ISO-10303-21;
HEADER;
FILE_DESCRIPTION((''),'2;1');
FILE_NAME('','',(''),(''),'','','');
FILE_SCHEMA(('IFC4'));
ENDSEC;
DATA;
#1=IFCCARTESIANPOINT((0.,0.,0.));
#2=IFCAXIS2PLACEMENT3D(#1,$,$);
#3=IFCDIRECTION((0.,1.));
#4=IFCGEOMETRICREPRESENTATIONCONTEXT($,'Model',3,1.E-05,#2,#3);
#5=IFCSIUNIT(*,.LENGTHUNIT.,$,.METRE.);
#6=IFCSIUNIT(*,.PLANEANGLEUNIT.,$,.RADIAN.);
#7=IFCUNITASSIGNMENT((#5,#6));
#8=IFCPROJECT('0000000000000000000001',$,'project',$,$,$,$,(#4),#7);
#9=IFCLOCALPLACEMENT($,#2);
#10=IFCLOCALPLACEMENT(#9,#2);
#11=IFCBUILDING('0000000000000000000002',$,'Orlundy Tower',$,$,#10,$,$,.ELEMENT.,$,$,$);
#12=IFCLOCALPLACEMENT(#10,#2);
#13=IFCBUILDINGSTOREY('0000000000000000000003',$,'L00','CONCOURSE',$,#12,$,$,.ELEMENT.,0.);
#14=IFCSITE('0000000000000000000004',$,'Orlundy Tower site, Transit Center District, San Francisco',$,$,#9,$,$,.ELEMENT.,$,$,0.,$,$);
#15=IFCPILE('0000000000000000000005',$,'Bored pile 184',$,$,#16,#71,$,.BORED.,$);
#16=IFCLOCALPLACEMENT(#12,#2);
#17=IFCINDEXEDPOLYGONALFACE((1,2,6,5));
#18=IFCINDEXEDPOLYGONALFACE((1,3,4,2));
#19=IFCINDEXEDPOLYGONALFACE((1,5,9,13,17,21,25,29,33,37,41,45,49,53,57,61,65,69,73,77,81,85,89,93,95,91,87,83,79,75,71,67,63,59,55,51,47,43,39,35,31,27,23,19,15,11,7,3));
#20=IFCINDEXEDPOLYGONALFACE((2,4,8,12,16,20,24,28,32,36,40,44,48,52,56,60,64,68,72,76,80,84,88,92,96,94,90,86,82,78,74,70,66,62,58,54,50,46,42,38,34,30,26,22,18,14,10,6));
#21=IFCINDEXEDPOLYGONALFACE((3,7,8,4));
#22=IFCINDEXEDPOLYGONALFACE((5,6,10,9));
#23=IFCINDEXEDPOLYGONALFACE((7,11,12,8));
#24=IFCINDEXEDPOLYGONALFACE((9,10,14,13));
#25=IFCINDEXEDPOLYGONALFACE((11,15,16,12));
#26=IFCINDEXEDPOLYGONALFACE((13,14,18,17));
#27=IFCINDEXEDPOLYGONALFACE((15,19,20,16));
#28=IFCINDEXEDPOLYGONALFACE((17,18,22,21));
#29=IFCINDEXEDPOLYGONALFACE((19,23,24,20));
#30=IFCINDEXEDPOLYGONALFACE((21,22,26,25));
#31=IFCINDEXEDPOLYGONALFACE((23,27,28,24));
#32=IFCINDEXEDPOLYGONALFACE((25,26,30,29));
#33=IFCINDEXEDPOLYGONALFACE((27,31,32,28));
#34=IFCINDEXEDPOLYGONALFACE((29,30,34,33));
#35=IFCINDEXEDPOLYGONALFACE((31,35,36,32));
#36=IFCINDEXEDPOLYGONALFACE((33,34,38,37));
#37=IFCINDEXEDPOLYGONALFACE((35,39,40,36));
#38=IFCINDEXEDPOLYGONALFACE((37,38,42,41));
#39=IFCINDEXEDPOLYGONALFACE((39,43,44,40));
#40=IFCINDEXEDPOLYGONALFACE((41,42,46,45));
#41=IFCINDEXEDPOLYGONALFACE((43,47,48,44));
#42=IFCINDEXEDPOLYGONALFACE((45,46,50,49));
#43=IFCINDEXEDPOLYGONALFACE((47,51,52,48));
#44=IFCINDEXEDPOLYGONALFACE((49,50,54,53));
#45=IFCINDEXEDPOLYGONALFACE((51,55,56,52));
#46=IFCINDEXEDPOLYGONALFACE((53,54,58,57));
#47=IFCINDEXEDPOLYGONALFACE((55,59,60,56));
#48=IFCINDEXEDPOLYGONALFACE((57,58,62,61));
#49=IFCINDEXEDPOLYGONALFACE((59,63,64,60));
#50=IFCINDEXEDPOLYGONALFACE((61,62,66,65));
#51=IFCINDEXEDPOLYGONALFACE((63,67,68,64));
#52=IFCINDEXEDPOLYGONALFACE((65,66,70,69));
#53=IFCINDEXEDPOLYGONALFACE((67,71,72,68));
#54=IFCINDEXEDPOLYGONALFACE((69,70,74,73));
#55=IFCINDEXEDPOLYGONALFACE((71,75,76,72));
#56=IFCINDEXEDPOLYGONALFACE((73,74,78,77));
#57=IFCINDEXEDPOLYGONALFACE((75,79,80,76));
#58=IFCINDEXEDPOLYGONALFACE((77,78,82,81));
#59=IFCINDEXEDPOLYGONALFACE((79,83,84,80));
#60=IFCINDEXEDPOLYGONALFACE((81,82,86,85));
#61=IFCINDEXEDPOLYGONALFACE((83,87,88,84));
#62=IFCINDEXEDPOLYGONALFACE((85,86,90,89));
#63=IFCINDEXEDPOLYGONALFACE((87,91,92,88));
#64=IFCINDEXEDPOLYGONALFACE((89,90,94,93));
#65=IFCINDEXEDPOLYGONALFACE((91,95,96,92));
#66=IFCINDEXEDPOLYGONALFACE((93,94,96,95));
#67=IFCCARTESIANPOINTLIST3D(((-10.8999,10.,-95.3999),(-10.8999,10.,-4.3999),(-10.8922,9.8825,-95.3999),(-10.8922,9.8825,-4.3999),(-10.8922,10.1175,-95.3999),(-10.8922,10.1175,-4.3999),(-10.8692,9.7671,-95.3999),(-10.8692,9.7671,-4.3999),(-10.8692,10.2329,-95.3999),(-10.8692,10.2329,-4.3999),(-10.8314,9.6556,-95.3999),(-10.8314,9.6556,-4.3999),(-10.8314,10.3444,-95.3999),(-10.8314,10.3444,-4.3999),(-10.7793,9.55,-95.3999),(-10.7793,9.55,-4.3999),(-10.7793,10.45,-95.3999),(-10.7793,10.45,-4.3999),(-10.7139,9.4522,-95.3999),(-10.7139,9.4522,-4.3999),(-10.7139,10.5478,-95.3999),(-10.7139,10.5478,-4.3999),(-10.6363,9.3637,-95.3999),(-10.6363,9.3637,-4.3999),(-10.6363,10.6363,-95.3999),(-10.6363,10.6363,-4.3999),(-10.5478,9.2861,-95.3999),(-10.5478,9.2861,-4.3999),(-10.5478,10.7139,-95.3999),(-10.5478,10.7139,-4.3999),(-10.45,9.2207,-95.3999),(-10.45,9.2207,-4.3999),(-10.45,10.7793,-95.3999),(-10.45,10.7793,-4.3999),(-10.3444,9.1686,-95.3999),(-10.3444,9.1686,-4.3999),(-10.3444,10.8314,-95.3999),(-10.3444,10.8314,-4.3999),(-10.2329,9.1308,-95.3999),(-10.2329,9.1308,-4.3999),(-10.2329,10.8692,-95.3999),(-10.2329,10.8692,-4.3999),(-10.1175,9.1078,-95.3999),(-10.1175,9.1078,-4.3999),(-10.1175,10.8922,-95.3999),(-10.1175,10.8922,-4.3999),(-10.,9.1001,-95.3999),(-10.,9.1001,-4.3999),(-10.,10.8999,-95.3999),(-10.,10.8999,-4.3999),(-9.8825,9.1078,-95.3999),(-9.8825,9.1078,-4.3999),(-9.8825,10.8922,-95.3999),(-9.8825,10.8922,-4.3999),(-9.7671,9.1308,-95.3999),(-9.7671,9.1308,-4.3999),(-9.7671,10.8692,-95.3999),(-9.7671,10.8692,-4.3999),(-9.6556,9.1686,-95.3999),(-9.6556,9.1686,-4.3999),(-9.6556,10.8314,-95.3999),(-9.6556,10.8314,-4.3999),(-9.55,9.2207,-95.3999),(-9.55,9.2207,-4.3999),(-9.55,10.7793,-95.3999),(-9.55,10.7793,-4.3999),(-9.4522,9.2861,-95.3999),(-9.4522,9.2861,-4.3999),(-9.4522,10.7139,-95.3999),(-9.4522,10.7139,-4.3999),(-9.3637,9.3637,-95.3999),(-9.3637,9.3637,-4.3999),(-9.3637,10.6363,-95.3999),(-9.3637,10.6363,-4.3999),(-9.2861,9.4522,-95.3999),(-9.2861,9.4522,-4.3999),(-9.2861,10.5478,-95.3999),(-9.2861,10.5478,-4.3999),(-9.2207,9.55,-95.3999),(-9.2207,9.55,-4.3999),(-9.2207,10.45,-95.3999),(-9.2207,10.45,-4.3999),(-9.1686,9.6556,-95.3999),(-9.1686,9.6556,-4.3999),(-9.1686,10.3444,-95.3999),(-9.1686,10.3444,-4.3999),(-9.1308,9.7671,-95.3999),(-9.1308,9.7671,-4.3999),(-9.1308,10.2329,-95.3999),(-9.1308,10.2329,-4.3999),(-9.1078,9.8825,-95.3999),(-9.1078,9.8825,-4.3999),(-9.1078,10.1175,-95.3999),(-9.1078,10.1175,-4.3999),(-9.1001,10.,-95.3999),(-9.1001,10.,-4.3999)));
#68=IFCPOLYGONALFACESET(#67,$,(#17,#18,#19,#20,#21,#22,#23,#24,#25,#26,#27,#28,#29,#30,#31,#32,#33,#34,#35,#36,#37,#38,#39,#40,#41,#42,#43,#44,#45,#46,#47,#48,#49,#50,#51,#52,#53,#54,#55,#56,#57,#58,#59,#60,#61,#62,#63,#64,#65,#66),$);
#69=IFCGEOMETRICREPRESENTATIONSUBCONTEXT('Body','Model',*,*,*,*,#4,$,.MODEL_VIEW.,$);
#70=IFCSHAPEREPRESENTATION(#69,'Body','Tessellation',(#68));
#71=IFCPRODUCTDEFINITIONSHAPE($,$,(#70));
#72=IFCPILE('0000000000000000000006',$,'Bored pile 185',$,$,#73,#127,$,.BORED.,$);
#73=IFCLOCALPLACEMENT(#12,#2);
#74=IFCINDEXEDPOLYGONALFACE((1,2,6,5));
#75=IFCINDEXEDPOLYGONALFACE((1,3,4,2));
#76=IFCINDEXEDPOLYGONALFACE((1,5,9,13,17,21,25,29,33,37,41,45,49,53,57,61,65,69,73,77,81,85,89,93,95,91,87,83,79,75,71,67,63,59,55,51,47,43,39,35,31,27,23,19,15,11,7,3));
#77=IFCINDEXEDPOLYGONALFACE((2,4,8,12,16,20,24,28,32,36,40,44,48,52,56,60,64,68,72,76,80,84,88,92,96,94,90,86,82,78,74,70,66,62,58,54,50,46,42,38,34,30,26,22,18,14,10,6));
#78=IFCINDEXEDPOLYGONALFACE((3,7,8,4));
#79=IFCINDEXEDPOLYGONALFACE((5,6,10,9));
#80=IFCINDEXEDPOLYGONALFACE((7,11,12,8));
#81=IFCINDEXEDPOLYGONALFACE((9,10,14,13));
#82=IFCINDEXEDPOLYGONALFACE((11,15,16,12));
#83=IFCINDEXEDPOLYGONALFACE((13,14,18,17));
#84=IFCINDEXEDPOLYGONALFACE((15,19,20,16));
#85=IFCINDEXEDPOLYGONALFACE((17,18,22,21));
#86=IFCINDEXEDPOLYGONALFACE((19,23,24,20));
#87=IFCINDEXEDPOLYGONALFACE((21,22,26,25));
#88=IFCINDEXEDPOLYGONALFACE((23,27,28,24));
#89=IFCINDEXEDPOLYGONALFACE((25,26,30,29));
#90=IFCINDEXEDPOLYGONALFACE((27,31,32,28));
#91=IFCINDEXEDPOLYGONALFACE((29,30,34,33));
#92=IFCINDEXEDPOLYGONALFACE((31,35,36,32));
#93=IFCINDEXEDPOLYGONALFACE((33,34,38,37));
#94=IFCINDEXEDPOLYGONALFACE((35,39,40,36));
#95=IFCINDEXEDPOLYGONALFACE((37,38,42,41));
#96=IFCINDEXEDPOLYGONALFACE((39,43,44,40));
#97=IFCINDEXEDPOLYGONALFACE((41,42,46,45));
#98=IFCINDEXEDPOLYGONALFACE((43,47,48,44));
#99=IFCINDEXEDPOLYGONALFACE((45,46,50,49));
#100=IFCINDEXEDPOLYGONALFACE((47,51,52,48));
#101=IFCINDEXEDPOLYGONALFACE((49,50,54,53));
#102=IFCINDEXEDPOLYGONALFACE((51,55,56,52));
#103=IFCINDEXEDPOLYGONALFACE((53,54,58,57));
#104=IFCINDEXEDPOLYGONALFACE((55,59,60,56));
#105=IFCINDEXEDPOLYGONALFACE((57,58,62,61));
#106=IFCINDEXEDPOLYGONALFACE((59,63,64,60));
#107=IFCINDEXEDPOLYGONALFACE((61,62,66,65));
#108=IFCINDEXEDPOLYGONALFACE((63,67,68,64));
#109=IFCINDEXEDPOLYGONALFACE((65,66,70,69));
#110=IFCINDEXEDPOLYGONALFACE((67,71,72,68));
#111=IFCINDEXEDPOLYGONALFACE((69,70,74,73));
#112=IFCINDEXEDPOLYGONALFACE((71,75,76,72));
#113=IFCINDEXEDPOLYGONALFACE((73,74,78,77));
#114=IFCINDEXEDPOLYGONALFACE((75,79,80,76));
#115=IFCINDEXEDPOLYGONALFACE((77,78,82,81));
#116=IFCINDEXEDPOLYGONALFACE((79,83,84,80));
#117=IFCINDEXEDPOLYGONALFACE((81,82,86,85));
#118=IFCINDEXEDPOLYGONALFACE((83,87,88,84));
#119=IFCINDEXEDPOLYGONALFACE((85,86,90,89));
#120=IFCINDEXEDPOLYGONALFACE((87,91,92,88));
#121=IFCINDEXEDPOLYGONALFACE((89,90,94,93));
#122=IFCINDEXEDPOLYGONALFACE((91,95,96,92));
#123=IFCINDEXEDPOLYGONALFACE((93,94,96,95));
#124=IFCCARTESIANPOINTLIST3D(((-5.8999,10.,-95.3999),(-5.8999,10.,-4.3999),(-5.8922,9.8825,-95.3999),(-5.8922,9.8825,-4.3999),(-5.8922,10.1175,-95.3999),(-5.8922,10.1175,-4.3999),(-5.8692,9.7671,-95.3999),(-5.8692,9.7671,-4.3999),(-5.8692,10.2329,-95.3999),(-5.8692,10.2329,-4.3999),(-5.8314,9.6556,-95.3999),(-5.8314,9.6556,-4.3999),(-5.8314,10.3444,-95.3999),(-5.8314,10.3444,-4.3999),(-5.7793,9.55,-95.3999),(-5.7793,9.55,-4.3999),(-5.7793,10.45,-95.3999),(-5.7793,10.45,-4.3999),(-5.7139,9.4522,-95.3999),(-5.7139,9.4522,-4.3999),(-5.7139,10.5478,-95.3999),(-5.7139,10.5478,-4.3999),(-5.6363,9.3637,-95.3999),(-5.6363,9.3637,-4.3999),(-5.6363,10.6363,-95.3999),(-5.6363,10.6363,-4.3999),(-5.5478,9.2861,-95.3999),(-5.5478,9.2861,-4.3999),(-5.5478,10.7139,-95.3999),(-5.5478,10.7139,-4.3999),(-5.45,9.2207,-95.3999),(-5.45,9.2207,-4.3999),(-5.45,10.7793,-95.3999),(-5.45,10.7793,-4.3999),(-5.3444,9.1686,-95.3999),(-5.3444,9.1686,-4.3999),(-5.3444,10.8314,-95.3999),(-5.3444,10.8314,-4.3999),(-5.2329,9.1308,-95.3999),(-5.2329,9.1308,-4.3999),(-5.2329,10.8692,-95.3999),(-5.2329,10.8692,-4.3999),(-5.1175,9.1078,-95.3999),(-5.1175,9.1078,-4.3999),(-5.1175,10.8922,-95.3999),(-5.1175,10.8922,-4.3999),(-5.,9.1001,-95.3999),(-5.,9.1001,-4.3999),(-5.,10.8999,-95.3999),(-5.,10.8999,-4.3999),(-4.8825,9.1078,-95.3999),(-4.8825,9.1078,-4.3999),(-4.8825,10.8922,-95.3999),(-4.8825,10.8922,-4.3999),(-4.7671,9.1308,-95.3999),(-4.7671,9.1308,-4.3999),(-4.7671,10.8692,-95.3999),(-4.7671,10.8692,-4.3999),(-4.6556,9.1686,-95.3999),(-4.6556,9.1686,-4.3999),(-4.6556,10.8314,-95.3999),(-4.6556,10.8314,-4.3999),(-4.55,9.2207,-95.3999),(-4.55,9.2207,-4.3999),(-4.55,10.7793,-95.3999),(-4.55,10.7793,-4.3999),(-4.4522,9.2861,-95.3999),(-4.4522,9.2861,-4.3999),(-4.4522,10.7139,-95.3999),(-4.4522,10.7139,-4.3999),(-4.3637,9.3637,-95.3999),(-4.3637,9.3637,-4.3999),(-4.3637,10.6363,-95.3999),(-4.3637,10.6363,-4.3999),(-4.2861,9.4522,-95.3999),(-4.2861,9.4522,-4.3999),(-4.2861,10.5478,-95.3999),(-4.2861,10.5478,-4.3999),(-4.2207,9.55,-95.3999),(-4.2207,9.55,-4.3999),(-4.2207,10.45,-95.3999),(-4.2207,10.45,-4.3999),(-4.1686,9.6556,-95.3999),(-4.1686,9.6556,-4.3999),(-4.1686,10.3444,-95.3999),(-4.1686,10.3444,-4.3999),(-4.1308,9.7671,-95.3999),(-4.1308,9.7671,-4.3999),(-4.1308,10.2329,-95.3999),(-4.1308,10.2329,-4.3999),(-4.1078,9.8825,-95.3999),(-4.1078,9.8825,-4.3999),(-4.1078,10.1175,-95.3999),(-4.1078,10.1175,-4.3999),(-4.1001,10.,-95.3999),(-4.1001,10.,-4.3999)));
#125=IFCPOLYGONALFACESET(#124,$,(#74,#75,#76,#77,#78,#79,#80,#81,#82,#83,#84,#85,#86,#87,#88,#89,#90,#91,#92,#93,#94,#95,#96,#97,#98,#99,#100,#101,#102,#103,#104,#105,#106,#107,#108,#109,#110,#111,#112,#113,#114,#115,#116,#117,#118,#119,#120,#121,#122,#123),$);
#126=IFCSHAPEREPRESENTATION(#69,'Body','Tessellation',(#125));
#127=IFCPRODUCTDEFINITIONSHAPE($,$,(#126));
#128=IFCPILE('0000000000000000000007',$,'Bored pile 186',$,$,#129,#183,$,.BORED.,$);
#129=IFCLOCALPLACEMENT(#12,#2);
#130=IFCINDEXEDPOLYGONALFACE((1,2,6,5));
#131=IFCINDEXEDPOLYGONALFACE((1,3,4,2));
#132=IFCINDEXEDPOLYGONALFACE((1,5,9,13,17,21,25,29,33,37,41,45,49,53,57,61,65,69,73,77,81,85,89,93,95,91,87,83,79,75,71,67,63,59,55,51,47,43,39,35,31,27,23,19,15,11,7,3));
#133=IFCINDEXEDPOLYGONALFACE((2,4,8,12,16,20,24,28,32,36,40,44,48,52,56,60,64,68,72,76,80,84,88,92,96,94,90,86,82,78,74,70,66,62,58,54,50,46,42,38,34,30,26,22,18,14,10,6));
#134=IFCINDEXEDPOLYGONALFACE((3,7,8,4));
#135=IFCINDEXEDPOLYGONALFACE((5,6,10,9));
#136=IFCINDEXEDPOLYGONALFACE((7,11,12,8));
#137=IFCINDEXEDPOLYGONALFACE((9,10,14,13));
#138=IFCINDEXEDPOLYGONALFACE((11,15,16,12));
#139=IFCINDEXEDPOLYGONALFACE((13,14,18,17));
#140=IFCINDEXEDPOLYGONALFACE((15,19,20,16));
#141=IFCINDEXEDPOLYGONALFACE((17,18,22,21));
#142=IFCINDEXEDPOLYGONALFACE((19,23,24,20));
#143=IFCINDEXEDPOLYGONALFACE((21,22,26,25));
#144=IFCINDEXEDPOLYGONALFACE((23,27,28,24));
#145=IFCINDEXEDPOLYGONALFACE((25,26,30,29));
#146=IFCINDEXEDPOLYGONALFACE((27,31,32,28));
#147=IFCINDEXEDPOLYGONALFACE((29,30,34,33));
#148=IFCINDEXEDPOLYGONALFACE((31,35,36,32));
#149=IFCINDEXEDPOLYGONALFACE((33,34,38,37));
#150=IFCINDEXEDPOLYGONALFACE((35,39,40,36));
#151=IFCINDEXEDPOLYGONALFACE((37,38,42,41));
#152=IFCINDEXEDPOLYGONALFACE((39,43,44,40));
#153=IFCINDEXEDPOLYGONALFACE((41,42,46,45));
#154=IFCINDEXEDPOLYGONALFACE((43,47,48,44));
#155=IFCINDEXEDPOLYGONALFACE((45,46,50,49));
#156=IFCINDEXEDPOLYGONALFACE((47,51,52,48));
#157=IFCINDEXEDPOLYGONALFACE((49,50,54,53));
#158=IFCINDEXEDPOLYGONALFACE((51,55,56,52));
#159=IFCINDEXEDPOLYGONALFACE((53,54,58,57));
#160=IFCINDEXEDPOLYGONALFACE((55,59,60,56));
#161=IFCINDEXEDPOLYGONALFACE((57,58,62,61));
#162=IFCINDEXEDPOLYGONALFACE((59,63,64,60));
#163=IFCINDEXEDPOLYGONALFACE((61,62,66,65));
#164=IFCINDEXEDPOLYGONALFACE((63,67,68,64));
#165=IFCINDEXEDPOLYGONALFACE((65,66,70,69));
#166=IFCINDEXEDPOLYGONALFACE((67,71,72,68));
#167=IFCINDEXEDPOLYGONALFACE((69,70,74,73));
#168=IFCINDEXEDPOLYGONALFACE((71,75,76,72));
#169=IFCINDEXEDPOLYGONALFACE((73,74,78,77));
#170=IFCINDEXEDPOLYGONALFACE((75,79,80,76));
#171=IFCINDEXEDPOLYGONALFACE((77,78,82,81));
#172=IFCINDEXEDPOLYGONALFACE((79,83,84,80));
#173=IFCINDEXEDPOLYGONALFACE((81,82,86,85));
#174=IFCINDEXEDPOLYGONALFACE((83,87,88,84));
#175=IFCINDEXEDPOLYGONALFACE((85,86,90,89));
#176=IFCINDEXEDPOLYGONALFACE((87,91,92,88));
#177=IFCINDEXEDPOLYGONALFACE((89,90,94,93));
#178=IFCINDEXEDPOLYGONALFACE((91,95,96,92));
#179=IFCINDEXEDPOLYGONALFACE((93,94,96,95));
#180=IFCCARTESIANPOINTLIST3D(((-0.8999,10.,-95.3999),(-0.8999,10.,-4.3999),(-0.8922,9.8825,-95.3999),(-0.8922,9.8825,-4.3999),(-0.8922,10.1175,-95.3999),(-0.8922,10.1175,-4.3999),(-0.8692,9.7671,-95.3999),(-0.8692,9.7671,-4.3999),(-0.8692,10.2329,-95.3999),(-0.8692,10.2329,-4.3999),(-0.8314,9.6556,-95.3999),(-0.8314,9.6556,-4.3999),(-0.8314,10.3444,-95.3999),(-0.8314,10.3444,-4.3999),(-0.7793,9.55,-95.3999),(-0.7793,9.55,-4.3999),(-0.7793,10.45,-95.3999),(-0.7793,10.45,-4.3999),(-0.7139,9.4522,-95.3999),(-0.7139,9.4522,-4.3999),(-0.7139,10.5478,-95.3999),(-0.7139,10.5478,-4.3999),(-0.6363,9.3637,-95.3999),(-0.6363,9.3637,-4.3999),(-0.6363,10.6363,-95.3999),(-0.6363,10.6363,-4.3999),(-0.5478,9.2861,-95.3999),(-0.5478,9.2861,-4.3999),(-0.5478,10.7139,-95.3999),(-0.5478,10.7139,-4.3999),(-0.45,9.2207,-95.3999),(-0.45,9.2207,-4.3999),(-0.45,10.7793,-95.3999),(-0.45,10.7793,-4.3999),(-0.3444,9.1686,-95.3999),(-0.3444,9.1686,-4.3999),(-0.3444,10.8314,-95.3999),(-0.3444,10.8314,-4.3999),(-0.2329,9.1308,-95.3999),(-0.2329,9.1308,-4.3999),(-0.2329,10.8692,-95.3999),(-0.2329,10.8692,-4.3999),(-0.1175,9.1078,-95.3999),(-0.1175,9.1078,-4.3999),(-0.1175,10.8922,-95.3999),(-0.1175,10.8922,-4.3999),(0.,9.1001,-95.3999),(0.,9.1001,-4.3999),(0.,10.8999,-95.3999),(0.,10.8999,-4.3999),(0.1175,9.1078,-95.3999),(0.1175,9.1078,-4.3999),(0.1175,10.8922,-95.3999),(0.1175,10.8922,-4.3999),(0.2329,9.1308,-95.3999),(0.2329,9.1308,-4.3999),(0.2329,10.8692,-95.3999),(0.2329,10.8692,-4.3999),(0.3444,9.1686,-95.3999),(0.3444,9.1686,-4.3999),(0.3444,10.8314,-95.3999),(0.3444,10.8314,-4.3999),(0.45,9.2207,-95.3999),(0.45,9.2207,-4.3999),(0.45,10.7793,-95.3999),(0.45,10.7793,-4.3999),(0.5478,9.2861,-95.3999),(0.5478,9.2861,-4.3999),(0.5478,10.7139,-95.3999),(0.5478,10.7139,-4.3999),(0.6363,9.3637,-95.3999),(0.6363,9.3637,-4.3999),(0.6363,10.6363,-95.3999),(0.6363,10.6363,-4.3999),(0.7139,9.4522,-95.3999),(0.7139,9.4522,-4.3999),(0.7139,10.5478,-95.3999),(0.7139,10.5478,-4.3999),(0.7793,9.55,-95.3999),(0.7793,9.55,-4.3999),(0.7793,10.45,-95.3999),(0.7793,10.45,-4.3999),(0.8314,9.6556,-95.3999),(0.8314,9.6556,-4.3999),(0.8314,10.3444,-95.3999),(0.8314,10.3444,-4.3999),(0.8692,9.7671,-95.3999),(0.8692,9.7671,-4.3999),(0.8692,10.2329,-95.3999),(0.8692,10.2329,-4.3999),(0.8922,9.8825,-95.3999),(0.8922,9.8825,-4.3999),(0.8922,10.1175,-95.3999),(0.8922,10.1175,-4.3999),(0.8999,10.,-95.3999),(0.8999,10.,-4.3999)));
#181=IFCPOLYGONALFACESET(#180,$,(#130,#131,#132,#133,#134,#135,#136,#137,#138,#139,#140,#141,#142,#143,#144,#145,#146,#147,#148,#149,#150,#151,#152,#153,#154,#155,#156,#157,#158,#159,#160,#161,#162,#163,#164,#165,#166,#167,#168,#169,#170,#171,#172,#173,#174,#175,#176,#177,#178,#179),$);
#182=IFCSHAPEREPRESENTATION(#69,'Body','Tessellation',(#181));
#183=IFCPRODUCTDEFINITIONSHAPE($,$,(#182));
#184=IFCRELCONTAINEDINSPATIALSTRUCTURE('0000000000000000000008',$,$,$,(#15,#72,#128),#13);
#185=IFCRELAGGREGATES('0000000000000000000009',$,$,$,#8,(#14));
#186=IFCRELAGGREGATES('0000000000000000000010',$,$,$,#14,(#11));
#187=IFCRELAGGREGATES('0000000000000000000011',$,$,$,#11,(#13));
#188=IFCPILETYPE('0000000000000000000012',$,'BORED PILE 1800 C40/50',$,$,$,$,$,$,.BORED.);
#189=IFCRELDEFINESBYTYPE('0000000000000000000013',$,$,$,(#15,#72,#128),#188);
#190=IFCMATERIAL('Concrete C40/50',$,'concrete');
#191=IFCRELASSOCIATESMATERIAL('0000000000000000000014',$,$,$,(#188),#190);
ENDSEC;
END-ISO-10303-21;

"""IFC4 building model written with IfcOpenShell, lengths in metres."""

from ifc_helpers import new_model, si_unit, direction, frame, origin, origin_2d, place, context, subcontext, project, spatial, circle, extrude, material, material_profile, profile_set, type_object, element, save


model = new_model("IFC4")

# Units and contexts
model_context = context("Model", 3, precision=1e-05, world=origin(), true_north=direction((0.0, 1.0)))
body_context = subcontext(model_context, "Body", "Model", "MODEL_VIEW")
ifc_project = project(units=[si_unit("LENGTHUNIT", "METRE"), si_unit("PLANEANGLEUNIT", "RADIAN")], contexts=[model_context])

# Site, building, storey
site_placement = place(None, origin())
site = spatial("IfcSite", under=ifc_project, at=site_placement, Name="Orlundy Tower site, Transit Center District, San Francisco", CompositionType="ELEMENT", RefElevation=0.0)
building_placement = place(site_placement, origin())
building = spatial("IfcBuilding", under=site, at=building_placement, Name="Orlundy Tower", CompositionType="ELEMENT")
storey_placement = place(building_placement, origin())
storey = spatial("IfcBuildingStorey", under=building, at=storey_placement, Name="L00", Description="CONCOURSE", CompositionType="ELEMENT", Elevation=0.0)

# Piles
ifc_material_1 = material(Name="Concrete C40/50", Category="concrete")
ifc_material_profile = material_profile(ifc_material_1, circle(Radius=0.8999, at=origin_2d()), Name="BP1800")
ifc_profile_set = profile_set([ifc_material_profile], Name="Concrete C40/50")
pile_type = type_object("IfcPileType", Name="BORED PILE 1800 C40/50", PredefinedType="BORED", material=ifc_profile_set)
for number, where, z_axis, x_axis, name in (
    (1, (-10.0, 10.0, -4.3999), (0.0, 0.0, -1.0), (1.0, 0.0, 0.0), "Bored pile 184"),
    (2, (-5.0, 10.0, -4.3999), (0.0, 0.0, -1.0), (1.0, 0.0, 0.0), "Bored pile 185"),
    (3, (0.0, 10.0, -4.3999), (0.0, 0.0, -1.0), (1.0, 0.0, 0.0), "Bored pile 186"),
):
    element("IfcPile", number, at=place(storey_placement, frame(where, z_axis=z_axis, x_axis=x_axis)), inside=storey, type_object=pile_type, Name=name, PredefinedType="BORED", context=body_context, shape_type="SweptSolid", body=[
        extrude(circle(Radius=0.8999, at=origin_2d()), origin(), (0.0, 0.0, 1.0), 91.0),
    ])

save(model, "model.ifc")
